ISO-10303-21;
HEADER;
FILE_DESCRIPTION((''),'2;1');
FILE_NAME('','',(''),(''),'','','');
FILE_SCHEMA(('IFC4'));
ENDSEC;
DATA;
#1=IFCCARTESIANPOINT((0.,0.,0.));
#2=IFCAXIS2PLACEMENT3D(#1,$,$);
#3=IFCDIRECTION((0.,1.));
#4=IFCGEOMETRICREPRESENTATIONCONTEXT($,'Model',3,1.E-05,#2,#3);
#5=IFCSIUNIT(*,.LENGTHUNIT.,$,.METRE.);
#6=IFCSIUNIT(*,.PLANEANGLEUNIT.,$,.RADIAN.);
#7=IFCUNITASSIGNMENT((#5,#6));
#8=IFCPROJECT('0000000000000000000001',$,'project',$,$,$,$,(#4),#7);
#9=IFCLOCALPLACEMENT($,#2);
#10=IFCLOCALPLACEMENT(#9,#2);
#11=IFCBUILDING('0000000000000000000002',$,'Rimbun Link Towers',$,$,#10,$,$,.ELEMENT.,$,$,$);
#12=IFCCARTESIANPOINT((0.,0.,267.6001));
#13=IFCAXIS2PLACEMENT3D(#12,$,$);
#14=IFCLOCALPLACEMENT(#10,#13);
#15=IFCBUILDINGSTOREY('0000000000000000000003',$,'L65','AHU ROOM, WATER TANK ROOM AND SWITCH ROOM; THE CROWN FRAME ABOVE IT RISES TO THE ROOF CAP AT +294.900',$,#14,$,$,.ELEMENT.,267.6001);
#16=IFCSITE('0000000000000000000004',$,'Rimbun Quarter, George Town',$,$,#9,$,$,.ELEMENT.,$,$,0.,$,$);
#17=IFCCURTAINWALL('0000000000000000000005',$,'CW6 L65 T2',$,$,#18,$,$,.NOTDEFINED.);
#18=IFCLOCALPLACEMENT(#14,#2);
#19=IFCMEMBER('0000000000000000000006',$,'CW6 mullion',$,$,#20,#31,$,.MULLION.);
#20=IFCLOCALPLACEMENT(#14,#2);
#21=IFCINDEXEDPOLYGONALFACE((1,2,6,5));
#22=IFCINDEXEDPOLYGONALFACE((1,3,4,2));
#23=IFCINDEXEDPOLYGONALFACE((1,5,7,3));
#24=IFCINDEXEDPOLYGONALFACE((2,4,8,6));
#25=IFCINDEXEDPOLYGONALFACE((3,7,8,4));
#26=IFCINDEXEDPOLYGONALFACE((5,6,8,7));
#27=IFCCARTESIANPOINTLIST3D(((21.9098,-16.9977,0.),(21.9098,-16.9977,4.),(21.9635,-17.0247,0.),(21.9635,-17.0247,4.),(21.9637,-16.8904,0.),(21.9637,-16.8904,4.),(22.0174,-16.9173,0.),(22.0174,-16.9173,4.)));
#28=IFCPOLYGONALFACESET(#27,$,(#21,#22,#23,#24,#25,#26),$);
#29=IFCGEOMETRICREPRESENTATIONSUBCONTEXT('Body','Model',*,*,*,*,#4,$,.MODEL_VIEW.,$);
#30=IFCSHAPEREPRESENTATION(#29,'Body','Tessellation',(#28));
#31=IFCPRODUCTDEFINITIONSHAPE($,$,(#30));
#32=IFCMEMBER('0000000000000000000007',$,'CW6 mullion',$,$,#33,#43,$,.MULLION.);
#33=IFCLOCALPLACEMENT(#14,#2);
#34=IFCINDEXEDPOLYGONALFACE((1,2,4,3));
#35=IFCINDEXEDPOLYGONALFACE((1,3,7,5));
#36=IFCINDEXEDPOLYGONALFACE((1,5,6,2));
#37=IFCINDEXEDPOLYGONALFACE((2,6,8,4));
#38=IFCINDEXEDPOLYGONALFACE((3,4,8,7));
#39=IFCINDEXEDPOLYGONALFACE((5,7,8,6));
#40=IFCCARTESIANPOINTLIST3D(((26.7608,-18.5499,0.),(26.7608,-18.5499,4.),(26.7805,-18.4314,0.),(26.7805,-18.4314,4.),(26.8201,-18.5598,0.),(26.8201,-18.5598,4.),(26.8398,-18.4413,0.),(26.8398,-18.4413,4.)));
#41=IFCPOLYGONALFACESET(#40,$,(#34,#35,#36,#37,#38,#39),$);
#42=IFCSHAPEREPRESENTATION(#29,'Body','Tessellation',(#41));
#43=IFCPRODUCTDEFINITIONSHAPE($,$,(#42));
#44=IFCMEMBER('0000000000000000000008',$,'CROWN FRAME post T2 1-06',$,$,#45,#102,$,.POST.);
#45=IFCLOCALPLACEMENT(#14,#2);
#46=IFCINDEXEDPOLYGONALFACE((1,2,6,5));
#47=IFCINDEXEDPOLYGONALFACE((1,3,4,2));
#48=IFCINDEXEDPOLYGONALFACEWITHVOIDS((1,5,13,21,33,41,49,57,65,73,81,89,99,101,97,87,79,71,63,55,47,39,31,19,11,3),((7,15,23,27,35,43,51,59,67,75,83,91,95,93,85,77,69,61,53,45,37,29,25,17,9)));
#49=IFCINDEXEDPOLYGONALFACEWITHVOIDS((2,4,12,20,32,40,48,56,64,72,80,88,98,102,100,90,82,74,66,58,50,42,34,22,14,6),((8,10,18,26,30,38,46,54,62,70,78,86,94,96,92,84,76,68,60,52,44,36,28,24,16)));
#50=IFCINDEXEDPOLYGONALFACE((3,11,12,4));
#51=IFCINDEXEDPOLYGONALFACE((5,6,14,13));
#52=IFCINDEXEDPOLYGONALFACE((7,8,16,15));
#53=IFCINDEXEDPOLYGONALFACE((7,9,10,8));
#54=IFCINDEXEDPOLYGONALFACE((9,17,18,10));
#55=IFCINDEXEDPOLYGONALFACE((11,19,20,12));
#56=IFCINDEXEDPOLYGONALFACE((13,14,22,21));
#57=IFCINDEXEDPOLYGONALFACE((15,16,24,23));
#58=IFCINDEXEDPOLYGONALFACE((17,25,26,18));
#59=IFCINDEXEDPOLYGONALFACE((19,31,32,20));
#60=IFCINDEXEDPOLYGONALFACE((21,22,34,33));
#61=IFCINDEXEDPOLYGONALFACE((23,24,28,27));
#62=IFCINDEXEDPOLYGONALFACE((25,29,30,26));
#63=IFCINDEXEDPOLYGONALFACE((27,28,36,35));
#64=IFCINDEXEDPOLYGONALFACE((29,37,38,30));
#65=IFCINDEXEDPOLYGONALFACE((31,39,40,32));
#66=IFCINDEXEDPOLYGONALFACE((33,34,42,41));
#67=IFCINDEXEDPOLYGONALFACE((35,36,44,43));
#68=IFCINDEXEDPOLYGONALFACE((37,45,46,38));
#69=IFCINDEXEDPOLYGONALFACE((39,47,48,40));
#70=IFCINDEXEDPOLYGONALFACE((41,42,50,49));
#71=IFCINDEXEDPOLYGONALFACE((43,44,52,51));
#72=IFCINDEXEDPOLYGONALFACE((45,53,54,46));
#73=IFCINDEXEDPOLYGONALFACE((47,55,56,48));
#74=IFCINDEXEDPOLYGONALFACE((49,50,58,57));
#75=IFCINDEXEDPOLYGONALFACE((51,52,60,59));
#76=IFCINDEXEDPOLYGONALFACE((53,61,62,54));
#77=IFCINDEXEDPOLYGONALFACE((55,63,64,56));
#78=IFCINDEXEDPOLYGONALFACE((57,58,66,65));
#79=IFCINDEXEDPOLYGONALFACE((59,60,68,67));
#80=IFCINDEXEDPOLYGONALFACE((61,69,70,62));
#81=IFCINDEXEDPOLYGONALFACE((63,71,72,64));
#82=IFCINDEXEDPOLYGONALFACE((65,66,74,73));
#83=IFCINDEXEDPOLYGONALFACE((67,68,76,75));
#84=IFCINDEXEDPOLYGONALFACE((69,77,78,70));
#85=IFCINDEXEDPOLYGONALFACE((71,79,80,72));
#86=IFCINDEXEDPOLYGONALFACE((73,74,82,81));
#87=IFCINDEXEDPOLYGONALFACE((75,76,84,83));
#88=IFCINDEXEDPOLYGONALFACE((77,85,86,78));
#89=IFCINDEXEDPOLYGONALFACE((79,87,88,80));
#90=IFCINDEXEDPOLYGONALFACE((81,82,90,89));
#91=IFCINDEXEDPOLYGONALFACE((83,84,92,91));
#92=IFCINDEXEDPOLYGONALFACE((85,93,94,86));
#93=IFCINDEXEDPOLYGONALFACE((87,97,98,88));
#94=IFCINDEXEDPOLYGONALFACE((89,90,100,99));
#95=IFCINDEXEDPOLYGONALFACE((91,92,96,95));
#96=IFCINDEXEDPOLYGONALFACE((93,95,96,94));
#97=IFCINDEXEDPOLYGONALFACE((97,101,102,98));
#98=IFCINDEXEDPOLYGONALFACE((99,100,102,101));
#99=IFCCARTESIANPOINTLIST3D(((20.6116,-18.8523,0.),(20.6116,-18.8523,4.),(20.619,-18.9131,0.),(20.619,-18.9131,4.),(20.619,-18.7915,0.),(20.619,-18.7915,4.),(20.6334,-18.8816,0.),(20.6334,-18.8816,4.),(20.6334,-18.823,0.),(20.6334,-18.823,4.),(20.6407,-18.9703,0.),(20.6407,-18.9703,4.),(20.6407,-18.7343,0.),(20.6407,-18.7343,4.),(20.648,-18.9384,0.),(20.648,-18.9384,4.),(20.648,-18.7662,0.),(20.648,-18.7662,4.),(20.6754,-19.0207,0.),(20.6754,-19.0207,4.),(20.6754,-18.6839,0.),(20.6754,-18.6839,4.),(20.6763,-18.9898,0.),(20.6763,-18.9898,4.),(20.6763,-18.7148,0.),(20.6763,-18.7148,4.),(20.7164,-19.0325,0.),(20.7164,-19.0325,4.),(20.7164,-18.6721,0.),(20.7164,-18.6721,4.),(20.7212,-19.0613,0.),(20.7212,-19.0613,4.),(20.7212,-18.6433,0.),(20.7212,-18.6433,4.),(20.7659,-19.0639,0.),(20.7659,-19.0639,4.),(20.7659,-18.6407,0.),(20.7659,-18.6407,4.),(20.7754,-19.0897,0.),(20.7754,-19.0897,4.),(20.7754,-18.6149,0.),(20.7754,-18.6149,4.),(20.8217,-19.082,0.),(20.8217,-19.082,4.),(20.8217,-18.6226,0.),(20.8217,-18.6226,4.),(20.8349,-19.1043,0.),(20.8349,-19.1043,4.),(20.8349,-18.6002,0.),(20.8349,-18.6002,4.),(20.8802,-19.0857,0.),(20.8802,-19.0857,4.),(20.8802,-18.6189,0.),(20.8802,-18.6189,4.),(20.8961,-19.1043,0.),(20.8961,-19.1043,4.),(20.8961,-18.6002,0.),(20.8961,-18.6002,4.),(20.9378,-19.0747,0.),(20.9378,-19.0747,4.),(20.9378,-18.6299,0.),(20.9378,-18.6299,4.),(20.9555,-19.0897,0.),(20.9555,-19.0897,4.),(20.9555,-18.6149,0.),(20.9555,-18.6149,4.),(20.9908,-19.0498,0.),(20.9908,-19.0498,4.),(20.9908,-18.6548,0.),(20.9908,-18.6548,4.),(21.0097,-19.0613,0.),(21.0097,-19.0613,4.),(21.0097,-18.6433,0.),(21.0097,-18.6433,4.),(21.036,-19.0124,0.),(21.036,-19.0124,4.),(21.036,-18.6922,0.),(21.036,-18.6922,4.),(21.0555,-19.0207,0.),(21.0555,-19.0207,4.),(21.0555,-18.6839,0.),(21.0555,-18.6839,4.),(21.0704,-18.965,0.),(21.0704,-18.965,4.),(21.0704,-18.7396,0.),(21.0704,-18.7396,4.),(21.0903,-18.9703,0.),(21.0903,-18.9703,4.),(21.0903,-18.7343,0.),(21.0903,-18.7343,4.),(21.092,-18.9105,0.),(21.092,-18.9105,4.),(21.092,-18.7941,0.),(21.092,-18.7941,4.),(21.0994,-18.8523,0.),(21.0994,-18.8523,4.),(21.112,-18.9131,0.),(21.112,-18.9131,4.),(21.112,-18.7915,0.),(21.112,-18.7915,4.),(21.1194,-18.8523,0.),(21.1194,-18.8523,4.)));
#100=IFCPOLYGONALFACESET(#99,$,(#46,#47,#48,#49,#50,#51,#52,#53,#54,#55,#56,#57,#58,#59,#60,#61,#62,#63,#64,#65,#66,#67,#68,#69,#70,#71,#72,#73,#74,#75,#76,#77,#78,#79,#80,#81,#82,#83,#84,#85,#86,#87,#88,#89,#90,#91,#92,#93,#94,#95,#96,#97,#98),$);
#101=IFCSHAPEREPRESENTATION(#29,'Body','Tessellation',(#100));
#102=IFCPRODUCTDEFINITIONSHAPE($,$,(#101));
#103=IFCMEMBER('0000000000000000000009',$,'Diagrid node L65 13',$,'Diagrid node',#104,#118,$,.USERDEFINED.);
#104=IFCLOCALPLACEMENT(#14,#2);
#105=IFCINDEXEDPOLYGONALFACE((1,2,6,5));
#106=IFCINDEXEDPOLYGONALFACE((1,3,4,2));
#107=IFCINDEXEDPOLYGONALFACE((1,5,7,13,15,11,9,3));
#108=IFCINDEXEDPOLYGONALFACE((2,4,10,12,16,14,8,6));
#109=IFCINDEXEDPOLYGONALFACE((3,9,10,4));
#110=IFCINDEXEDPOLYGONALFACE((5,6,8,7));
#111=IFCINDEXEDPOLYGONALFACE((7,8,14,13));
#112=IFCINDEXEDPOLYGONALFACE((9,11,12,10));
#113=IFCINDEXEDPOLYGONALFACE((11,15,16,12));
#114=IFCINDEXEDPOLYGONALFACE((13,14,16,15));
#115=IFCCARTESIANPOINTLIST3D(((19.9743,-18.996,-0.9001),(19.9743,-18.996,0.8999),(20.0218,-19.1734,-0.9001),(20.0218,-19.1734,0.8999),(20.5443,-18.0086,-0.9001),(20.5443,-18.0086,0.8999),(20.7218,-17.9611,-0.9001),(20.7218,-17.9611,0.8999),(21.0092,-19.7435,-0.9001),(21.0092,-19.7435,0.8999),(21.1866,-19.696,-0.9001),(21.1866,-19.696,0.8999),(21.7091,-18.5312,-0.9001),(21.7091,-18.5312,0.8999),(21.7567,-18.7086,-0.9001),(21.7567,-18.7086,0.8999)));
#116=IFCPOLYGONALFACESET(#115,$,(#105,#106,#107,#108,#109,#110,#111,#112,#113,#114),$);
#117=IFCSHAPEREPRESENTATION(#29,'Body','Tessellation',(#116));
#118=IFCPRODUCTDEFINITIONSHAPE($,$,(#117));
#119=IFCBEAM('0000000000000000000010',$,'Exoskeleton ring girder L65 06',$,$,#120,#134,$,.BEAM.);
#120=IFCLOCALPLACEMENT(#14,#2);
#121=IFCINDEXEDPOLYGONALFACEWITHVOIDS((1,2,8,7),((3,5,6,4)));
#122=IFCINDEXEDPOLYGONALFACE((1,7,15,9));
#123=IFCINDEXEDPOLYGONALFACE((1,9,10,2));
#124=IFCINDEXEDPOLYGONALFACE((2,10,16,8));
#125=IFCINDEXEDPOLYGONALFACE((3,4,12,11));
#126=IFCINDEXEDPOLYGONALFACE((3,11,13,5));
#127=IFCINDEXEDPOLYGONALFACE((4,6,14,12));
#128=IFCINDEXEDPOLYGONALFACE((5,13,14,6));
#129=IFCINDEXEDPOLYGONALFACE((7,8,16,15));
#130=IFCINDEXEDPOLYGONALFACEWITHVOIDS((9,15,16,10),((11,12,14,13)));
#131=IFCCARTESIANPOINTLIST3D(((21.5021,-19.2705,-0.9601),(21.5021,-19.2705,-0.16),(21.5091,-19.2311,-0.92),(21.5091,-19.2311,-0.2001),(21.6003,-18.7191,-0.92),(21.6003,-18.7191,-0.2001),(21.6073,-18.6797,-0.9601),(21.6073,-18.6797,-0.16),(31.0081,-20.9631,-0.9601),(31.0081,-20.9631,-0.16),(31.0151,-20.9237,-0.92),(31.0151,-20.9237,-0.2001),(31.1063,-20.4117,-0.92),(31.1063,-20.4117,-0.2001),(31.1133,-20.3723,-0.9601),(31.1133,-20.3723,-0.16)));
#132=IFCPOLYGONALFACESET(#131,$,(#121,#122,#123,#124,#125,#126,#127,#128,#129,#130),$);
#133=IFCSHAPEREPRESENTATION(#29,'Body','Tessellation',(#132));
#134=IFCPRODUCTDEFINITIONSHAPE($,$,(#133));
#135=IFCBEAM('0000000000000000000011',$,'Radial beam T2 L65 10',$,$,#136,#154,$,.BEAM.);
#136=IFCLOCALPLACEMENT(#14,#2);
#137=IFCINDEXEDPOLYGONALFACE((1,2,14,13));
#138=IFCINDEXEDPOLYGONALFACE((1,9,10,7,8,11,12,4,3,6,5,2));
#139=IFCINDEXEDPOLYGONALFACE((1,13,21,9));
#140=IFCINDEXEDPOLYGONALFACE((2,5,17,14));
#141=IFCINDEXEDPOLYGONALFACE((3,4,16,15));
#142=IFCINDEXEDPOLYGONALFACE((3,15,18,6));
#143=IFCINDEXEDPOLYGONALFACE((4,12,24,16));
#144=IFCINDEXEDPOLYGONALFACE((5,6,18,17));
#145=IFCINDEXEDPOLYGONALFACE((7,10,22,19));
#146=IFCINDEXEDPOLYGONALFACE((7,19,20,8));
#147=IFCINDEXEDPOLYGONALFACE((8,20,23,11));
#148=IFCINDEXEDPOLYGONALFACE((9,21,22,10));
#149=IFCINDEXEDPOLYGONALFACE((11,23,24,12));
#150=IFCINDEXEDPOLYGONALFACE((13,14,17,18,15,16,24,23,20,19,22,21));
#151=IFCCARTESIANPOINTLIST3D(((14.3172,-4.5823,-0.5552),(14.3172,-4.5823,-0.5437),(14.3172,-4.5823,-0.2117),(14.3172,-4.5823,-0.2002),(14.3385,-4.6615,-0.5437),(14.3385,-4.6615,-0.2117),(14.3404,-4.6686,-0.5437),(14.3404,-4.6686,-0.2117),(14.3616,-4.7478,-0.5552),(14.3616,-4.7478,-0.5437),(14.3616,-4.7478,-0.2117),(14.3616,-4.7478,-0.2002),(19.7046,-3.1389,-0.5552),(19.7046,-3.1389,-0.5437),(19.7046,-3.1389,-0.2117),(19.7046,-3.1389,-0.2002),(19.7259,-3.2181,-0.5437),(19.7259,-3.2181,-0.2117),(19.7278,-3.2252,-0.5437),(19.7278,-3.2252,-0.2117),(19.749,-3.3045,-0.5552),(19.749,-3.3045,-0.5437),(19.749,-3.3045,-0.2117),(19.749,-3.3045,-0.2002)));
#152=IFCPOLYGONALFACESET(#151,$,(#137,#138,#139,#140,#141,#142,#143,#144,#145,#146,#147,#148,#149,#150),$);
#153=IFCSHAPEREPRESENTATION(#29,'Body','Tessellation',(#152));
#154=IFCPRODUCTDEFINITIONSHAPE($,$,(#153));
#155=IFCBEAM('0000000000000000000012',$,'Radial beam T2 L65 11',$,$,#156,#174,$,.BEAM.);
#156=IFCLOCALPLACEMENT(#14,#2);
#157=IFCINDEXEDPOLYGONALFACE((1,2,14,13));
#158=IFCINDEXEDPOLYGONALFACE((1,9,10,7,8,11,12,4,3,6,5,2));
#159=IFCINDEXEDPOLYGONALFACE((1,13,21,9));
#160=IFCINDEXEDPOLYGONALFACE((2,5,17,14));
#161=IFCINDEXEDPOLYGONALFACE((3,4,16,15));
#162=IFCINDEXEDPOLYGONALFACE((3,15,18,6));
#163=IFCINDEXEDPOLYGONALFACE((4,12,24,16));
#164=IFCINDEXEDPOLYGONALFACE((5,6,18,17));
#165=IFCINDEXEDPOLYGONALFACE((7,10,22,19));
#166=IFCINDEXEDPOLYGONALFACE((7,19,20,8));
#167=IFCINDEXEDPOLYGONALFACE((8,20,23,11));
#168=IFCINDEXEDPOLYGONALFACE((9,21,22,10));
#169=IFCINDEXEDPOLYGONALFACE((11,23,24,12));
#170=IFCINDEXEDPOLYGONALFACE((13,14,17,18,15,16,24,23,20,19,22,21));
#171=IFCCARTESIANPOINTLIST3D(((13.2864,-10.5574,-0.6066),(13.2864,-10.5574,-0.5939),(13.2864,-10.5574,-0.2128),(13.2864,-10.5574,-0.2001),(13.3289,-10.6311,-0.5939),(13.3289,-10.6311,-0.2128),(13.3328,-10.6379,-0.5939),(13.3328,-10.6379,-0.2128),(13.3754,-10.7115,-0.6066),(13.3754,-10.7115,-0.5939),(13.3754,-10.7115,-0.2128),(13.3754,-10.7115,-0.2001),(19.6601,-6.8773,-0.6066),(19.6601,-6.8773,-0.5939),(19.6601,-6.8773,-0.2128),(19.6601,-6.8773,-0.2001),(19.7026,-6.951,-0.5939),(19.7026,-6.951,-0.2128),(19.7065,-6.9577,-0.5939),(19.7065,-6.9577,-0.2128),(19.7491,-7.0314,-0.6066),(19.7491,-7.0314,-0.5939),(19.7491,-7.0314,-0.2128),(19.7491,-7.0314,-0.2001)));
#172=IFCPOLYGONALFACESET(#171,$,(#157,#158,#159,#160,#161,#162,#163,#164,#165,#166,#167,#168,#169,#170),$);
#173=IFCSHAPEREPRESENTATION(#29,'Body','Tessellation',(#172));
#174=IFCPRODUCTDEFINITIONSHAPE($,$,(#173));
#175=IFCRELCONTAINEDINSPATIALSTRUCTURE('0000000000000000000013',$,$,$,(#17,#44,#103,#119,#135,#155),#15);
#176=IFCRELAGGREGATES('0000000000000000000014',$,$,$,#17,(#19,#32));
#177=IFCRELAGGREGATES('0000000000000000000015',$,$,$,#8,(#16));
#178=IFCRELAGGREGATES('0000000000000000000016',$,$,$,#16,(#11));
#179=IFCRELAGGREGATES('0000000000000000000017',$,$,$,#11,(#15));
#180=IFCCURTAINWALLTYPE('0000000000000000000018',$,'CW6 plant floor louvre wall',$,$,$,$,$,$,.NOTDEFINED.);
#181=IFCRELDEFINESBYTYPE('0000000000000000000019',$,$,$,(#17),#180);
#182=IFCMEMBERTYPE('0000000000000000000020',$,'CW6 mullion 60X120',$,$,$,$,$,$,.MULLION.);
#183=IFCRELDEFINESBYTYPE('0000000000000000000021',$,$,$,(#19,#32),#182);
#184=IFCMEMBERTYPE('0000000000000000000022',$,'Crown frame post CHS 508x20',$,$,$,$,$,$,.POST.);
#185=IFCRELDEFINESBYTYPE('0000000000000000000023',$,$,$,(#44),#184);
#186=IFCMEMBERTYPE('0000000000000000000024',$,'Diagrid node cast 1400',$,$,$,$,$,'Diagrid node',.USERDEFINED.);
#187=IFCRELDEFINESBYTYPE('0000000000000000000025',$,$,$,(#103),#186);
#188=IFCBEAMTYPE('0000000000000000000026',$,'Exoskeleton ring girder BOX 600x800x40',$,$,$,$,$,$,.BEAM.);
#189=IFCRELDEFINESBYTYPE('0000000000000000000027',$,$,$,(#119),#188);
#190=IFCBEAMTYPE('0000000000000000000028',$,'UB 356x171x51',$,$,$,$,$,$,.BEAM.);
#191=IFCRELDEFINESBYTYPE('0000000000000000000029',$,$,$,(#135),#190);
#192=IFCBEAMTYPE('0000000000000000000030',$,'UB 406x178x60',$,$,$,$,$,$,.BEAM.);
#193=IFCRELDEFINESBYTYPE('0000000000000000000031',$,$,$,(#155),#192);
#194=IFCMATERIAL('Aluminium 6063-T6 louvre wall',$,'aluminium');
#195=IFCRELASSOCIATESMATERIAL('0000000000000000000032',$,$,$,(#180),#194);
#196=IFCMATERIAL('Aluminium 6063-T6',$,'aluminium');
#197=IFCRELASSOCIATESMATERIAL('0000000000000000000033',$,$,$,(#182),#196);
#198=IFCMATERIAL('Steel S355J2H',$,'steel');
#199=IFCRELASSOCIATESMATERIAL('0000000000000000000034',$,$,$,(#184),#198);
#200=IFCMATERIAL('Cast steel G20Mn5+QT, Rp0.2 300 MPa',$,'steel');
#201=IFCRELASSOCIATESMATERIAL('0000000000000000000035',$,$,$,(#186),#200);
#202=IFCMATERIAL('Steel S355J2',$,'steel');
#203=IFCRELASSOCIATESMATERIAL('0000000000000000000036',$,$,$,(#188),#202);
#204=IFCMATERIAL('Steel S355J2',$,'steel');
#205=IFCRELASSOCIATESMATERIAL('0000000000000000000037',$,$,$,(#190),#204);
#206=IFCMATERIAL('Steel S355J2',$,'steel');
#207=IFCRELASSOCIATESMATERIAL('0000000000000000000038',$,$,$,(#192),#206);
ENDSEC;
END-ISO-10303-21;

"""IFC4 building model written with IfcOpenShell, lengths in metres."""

from ifc_helpers import new_model, si_unit, direction, frame, origin, origin_2d, place, context, subcontext, project, spatial, polyline, rectangle, hollow_rectangle, hollow_circle, i_section, outline, extrude, material, material_profile, profile_set, type_object, element, aggregate, save


model = new_model("IFC4")

# Units and contexts
model_context = context("Model", 3, precision=1e-05, world=origin(), true_north=direction((0.0, 1.0)))
body_context = subcontext(model_context, "Body", "Model", "MODEL_VIEW")
ifc_project = project(units=[si_unit("LENGTHUNIT", "METRE"), si_unit("PLANEANGLEUNIT", "RADIAN")], contexts=[model_context])

# Site, building, storey
site_placement = place(None, origin())
site = spatial("IfcSite", under=ifc_project, at=site_placement, Name="Rimbun Quarter, George Town", CompositionType="ELEMENT", RefElevation=0.0)
building_placement = place(site_placement, origin())
building = spatial("IfcBuilding", under=site, at=building_placement, Name="Rimbun Link Towers", CompositionType="ELEMENT")
storey_placement = place(building_placement, frame((0.0, 0.0, 267.6001)))
storey = spatial("IfcBuildingStorey", under=building, at=storey_placement, Name="L65", Description="AHU ROOM, WATER TANK ROOM AND SWITCH ROOM; THE CROWN FRAME ABOVE IT RISES TO THE ROOF CAP AT +294.900", CompositionType="ELEMENT", Elevation=267.6001)

# Curtain wall, members
ifc_material_1 = material(Name="Aluminium 6063-T6 louvre wall", Category="aluminium")
curtain_wall_type = type_object("IfcCurtainWallType", Name="CW6 plant floor louvre wall", PredefinedType="NOTDEFINED", material=ifc_material_1)
curtain_wall_placement = place(storey_placement, origin())
curtain_wall = element("IfcCurtainWall", 1, at=curtain_wall_placement, inside=storey, type_object=curtain_wall_type, Name="CW6 L65 T2", PredefinedType="NOTDEFINED")
ifc_material_2 = material(Name="Aluminium 6063-T6", Category="aluminium")
ifc_material_profile_1 = material_profile(ifc_material_2, rectangle(XDim=0.1201, YDim=0.0601, at=origin_2d()), Name="MULLION 60X120")
ifc_profile_set_1 = profile_set([ifc_material_profile_1], Name="Aluminium 6063-T6")
member_type_1 = type_object("IfcMemberType", Name="CW6 mullion 60X120", PredefinedType="MULLION", material=ifc_profile_set_1)
member_1_placement = place(storey_placement, frame((21.9636, -16.9575, 0.0), z_axis=(0.0, 0.0, 1.0), x_axis=(-0.448563, -0.893751, 0.0)))
member_1 = element("IfcMember", 2, at=member_1_placement, type_object=member_type_1, Name="CW6 mullion", PredefinedType="MULLION", context=body_context, shape_type="SweptSolid", body=[
    extrude(rectangle(XDim=0.1201, YDim=0.0601, at=origin_2d()), origin(), (0.0, 0.0, 1.0), 4.0),
])
member_2_placement = place(storey_placement, frame((26.8003, -18.4956, 0.0), z_axis=(0.0, 0.0, 1.0), x_axis=(-0.163741, -0.986503, 0.0)))
member_2 = element("IfcMember", 3, at=member_2_placement, type_object=member_type_1, Name="CW6 mullion", PredefinedType="MULLION", context=body_context, shape_type="SweptSolid", body=[
    extrude(rectangle(XDim=0.1201, YDim=0.0601, at=origin_2d()), origin(), (0.0, 0.0, 1.0), 4.0),
])

# Members
ifc_material_3 = material(Name="Steel S355J2H", Category="steel")
ifc_material_profile_2 = material_profile(ifc_material_3, hollow_circle(Radius=0.2539, WallThickness=0.02, at=origin_2d()), Name="Crown frame post CHS 508x20")
ifc_profile_set_2 = profile_set([ifc_material_profile_2], Name="Steel S355J2H")
member_type_2 = type_object("IfcMemberType", Name="Crown frame post CHS 508x20", PredefinedType="POST", material=ifc_profile_set_2)
member_3_placement = place(storey_placement, frame((20.8655, -18.8523, 0.0), z_axis=(0.0, 0.0, 1.0), x_axis=(1.0, 0.0, 0.0)))
element("IfcMember", 4, at=member_3_placement, inside=storey, type_object=member_type_2, Name="CROWN FRAME post T2 1-06", PredefinedType="POST", context=body_context, shape_type="SweptSolid", body=[
    extrude(hollow_circle(Radius=0.2539, WallThickness=0.02, at=origin_2d()), origin(), (0.0, 0.0, 1.0), 4.0),
])
ifc_material_4 = material(Name="Cast steel G20Mn5+QT, Rp0.2 300 MPa", Category="steel")
ifc_material_profile_3 = material_profile(ifc_material_4, outline(polyline([(0.7, -0.5701), (0.7, 0.5701), (0.5701, 0.7), (-0.5701, 0.7), (-0.7, 0.5701), (-0.7, -0.5701), (-0.5701, -0.7), (0.5701, -0.7), (0.7, -0.5701)])), Name="NODE 1400x1400")
ifc_profile_set_3 = profile_set([ifc_material_profile_3], Name="Cast steel G20Mn5+QT, Rp0.2 300 MPa")
member_type_3 = type_object("IfcMemberType", Name="Diagrid node cast 1400", ElementType="Diagrid node", PredefinedType="USERDEFINED", material=ifc_profile_set_3)
member_4_placement = place(storey_placement, frame((20.8655, -18.8523, -0.9001), z_axis=(0.0, 0.0, 1.0), x_axis=(-0.5, -0.866025, 0.0)))
element("IfcMember", 5, at=member_4_placement, inside=storey, type_object=member_type_3, Name="Diagrid node L65 13", ObjectType="Diagrid node", PredefinedType="USERDEFINED", context=body_context, shape_type="SweptSolid", body=[
    extrude(outline(polyline([(0.7, -0.5701), (0.7, 0.5701), (0.5701, 0.7), (-0.5701, 0.7), (-0.7, 0.5701), (-0.7, -0.5701), (-0.5701, -0.7), (0.5701, -0.7), (0.7, -0.5701)])), origin(), (0.0, 0.0, 1.0), 1.8),
])

# Beams
ifc_material_5 = material(Name="Steel S355J2", Category="steel")
ifc_material_profile_4 = material_profile(ifc_material_5, hollow_rectangle(XDim=0.6001, YDim=0.8, WallThickness=0.04, at=origin_2d()), Name="Exoskeleton ring girder BOX 600x800x40")
ifc_profile_set_4 = profile_set([ifc_material_profile_4], Name="Steel S355J2")
beam_type_1 = type_object("IfcBeamType", Name="Exoskeleton ring girder BOX 600x800x40", PredefinedType="BEAM", material=ifc_profile_set_4)
beam_1_placement = place(storey_placement, frame((21.5547, -18.9751, -0.5601), z_axis=(0.984515, -0.1753, 0.0), x_axis=(0.1753, 0.984515, 0.0)))
element("IfcBeam", 6, at=beam_1_placement, inside=storey, type_object=beam_type_1, Name="Exoskeleton ring girder L65 06", PredefinedType="BEAM", context=body_context, shape_type="SweptSolid", body=[
    extrude(hollow_rectangle(XDim=0.6001, YDim=0.8, WallThickness=0.04, at=origin_2d()), origin(), (0.0, 0.0, 1.0), 9.6555),
])
ifc_material_6 = material(Name="Steel S355J2", Category="steel")
ifc_material_profile_5 = material_profile(ifc_material_6, i_section(OverallWidth=0.1714, OverallDepth=0.355, WebThickness=0.0073, FlangeThickness=0.0115, at=origin_2d()), Name="UB 356x171x51")
ifc_profile_set_5 = profile_set([ifc_material_profile_5], Name="Steel S355J2")
beam_type_2 = type_object("IfcBeamType", Name="UB 356x171x51", PredefinedType="BEAM", material=ifc_profile_set_5)
beam_2_placement = place(storey_placement, frame((19.7268, -3.2217, -0.3777), z_axis=(-0.965935, -0.258785, 0.0), x_axis=(0.258785, -0.965935, 0.0)))
element("IfcBeam", 7, at=beam_2_placement, inside=storey, type_object=beam_type_2, Name="Radial beam T2 L65 10", PredefinedType="BEAM", context=body_context, shape_type="SweptSolid", body=[
    extrude(i_section(OverallWidth=0.1714, OverallDepth=0.355, WebThickness=0.0073, FlangeThickness=0.0115, at=origin_2d()), origin(), (0.0, 0.0, 1.0), 5.5774),
])
ifc_material_7 = material(Name="Steel S355J2", Category="steel")
ifc_material_profile_6 = material_profile(ifc_material_7, i_section(OverallWidth=0.178, OverallDepth=0.4065, WebThickness=0.0078, FlangeThickness=0.0127, at=origin_2d()), Name="UB 406x178x60")
ifc_profile_set_6 = profile_set([ifc_material_profile_6], Name="Steel S355J2")
beam_type_3 = type_object("IfcBeamType", Name="UB 406x178x60", PredefinedType="BEAM", material=ifc_profile_set_6)
beam_3_placement = place(storey_placement, frame((19.7046, -6.9543, -0.4033), z_axis=(-0.866009, -0.500028, 0.0), x_axis=(0.500028, -0.866009, 0.0)))
element("IfcBeam", 8, at=beam_3_placement, inside=storey, type_object=beam_type_3, Name="Radial beam T2 L65 11", PredefinedType="BEAM", context=body_context, shape_type="SweptSolid", body=[
    extrude(i_section(OverallWidth=0.178, OverallDepth=0.4065, WebThickness=0.0078, FlangeThickness=0.0127, at=origin_2d()), origin(), (0.0, 0.0, 1.0), 7.3599),
])

aggregate(curtain_wall, [member_1, member_2])

save(model, "model.ifc")
